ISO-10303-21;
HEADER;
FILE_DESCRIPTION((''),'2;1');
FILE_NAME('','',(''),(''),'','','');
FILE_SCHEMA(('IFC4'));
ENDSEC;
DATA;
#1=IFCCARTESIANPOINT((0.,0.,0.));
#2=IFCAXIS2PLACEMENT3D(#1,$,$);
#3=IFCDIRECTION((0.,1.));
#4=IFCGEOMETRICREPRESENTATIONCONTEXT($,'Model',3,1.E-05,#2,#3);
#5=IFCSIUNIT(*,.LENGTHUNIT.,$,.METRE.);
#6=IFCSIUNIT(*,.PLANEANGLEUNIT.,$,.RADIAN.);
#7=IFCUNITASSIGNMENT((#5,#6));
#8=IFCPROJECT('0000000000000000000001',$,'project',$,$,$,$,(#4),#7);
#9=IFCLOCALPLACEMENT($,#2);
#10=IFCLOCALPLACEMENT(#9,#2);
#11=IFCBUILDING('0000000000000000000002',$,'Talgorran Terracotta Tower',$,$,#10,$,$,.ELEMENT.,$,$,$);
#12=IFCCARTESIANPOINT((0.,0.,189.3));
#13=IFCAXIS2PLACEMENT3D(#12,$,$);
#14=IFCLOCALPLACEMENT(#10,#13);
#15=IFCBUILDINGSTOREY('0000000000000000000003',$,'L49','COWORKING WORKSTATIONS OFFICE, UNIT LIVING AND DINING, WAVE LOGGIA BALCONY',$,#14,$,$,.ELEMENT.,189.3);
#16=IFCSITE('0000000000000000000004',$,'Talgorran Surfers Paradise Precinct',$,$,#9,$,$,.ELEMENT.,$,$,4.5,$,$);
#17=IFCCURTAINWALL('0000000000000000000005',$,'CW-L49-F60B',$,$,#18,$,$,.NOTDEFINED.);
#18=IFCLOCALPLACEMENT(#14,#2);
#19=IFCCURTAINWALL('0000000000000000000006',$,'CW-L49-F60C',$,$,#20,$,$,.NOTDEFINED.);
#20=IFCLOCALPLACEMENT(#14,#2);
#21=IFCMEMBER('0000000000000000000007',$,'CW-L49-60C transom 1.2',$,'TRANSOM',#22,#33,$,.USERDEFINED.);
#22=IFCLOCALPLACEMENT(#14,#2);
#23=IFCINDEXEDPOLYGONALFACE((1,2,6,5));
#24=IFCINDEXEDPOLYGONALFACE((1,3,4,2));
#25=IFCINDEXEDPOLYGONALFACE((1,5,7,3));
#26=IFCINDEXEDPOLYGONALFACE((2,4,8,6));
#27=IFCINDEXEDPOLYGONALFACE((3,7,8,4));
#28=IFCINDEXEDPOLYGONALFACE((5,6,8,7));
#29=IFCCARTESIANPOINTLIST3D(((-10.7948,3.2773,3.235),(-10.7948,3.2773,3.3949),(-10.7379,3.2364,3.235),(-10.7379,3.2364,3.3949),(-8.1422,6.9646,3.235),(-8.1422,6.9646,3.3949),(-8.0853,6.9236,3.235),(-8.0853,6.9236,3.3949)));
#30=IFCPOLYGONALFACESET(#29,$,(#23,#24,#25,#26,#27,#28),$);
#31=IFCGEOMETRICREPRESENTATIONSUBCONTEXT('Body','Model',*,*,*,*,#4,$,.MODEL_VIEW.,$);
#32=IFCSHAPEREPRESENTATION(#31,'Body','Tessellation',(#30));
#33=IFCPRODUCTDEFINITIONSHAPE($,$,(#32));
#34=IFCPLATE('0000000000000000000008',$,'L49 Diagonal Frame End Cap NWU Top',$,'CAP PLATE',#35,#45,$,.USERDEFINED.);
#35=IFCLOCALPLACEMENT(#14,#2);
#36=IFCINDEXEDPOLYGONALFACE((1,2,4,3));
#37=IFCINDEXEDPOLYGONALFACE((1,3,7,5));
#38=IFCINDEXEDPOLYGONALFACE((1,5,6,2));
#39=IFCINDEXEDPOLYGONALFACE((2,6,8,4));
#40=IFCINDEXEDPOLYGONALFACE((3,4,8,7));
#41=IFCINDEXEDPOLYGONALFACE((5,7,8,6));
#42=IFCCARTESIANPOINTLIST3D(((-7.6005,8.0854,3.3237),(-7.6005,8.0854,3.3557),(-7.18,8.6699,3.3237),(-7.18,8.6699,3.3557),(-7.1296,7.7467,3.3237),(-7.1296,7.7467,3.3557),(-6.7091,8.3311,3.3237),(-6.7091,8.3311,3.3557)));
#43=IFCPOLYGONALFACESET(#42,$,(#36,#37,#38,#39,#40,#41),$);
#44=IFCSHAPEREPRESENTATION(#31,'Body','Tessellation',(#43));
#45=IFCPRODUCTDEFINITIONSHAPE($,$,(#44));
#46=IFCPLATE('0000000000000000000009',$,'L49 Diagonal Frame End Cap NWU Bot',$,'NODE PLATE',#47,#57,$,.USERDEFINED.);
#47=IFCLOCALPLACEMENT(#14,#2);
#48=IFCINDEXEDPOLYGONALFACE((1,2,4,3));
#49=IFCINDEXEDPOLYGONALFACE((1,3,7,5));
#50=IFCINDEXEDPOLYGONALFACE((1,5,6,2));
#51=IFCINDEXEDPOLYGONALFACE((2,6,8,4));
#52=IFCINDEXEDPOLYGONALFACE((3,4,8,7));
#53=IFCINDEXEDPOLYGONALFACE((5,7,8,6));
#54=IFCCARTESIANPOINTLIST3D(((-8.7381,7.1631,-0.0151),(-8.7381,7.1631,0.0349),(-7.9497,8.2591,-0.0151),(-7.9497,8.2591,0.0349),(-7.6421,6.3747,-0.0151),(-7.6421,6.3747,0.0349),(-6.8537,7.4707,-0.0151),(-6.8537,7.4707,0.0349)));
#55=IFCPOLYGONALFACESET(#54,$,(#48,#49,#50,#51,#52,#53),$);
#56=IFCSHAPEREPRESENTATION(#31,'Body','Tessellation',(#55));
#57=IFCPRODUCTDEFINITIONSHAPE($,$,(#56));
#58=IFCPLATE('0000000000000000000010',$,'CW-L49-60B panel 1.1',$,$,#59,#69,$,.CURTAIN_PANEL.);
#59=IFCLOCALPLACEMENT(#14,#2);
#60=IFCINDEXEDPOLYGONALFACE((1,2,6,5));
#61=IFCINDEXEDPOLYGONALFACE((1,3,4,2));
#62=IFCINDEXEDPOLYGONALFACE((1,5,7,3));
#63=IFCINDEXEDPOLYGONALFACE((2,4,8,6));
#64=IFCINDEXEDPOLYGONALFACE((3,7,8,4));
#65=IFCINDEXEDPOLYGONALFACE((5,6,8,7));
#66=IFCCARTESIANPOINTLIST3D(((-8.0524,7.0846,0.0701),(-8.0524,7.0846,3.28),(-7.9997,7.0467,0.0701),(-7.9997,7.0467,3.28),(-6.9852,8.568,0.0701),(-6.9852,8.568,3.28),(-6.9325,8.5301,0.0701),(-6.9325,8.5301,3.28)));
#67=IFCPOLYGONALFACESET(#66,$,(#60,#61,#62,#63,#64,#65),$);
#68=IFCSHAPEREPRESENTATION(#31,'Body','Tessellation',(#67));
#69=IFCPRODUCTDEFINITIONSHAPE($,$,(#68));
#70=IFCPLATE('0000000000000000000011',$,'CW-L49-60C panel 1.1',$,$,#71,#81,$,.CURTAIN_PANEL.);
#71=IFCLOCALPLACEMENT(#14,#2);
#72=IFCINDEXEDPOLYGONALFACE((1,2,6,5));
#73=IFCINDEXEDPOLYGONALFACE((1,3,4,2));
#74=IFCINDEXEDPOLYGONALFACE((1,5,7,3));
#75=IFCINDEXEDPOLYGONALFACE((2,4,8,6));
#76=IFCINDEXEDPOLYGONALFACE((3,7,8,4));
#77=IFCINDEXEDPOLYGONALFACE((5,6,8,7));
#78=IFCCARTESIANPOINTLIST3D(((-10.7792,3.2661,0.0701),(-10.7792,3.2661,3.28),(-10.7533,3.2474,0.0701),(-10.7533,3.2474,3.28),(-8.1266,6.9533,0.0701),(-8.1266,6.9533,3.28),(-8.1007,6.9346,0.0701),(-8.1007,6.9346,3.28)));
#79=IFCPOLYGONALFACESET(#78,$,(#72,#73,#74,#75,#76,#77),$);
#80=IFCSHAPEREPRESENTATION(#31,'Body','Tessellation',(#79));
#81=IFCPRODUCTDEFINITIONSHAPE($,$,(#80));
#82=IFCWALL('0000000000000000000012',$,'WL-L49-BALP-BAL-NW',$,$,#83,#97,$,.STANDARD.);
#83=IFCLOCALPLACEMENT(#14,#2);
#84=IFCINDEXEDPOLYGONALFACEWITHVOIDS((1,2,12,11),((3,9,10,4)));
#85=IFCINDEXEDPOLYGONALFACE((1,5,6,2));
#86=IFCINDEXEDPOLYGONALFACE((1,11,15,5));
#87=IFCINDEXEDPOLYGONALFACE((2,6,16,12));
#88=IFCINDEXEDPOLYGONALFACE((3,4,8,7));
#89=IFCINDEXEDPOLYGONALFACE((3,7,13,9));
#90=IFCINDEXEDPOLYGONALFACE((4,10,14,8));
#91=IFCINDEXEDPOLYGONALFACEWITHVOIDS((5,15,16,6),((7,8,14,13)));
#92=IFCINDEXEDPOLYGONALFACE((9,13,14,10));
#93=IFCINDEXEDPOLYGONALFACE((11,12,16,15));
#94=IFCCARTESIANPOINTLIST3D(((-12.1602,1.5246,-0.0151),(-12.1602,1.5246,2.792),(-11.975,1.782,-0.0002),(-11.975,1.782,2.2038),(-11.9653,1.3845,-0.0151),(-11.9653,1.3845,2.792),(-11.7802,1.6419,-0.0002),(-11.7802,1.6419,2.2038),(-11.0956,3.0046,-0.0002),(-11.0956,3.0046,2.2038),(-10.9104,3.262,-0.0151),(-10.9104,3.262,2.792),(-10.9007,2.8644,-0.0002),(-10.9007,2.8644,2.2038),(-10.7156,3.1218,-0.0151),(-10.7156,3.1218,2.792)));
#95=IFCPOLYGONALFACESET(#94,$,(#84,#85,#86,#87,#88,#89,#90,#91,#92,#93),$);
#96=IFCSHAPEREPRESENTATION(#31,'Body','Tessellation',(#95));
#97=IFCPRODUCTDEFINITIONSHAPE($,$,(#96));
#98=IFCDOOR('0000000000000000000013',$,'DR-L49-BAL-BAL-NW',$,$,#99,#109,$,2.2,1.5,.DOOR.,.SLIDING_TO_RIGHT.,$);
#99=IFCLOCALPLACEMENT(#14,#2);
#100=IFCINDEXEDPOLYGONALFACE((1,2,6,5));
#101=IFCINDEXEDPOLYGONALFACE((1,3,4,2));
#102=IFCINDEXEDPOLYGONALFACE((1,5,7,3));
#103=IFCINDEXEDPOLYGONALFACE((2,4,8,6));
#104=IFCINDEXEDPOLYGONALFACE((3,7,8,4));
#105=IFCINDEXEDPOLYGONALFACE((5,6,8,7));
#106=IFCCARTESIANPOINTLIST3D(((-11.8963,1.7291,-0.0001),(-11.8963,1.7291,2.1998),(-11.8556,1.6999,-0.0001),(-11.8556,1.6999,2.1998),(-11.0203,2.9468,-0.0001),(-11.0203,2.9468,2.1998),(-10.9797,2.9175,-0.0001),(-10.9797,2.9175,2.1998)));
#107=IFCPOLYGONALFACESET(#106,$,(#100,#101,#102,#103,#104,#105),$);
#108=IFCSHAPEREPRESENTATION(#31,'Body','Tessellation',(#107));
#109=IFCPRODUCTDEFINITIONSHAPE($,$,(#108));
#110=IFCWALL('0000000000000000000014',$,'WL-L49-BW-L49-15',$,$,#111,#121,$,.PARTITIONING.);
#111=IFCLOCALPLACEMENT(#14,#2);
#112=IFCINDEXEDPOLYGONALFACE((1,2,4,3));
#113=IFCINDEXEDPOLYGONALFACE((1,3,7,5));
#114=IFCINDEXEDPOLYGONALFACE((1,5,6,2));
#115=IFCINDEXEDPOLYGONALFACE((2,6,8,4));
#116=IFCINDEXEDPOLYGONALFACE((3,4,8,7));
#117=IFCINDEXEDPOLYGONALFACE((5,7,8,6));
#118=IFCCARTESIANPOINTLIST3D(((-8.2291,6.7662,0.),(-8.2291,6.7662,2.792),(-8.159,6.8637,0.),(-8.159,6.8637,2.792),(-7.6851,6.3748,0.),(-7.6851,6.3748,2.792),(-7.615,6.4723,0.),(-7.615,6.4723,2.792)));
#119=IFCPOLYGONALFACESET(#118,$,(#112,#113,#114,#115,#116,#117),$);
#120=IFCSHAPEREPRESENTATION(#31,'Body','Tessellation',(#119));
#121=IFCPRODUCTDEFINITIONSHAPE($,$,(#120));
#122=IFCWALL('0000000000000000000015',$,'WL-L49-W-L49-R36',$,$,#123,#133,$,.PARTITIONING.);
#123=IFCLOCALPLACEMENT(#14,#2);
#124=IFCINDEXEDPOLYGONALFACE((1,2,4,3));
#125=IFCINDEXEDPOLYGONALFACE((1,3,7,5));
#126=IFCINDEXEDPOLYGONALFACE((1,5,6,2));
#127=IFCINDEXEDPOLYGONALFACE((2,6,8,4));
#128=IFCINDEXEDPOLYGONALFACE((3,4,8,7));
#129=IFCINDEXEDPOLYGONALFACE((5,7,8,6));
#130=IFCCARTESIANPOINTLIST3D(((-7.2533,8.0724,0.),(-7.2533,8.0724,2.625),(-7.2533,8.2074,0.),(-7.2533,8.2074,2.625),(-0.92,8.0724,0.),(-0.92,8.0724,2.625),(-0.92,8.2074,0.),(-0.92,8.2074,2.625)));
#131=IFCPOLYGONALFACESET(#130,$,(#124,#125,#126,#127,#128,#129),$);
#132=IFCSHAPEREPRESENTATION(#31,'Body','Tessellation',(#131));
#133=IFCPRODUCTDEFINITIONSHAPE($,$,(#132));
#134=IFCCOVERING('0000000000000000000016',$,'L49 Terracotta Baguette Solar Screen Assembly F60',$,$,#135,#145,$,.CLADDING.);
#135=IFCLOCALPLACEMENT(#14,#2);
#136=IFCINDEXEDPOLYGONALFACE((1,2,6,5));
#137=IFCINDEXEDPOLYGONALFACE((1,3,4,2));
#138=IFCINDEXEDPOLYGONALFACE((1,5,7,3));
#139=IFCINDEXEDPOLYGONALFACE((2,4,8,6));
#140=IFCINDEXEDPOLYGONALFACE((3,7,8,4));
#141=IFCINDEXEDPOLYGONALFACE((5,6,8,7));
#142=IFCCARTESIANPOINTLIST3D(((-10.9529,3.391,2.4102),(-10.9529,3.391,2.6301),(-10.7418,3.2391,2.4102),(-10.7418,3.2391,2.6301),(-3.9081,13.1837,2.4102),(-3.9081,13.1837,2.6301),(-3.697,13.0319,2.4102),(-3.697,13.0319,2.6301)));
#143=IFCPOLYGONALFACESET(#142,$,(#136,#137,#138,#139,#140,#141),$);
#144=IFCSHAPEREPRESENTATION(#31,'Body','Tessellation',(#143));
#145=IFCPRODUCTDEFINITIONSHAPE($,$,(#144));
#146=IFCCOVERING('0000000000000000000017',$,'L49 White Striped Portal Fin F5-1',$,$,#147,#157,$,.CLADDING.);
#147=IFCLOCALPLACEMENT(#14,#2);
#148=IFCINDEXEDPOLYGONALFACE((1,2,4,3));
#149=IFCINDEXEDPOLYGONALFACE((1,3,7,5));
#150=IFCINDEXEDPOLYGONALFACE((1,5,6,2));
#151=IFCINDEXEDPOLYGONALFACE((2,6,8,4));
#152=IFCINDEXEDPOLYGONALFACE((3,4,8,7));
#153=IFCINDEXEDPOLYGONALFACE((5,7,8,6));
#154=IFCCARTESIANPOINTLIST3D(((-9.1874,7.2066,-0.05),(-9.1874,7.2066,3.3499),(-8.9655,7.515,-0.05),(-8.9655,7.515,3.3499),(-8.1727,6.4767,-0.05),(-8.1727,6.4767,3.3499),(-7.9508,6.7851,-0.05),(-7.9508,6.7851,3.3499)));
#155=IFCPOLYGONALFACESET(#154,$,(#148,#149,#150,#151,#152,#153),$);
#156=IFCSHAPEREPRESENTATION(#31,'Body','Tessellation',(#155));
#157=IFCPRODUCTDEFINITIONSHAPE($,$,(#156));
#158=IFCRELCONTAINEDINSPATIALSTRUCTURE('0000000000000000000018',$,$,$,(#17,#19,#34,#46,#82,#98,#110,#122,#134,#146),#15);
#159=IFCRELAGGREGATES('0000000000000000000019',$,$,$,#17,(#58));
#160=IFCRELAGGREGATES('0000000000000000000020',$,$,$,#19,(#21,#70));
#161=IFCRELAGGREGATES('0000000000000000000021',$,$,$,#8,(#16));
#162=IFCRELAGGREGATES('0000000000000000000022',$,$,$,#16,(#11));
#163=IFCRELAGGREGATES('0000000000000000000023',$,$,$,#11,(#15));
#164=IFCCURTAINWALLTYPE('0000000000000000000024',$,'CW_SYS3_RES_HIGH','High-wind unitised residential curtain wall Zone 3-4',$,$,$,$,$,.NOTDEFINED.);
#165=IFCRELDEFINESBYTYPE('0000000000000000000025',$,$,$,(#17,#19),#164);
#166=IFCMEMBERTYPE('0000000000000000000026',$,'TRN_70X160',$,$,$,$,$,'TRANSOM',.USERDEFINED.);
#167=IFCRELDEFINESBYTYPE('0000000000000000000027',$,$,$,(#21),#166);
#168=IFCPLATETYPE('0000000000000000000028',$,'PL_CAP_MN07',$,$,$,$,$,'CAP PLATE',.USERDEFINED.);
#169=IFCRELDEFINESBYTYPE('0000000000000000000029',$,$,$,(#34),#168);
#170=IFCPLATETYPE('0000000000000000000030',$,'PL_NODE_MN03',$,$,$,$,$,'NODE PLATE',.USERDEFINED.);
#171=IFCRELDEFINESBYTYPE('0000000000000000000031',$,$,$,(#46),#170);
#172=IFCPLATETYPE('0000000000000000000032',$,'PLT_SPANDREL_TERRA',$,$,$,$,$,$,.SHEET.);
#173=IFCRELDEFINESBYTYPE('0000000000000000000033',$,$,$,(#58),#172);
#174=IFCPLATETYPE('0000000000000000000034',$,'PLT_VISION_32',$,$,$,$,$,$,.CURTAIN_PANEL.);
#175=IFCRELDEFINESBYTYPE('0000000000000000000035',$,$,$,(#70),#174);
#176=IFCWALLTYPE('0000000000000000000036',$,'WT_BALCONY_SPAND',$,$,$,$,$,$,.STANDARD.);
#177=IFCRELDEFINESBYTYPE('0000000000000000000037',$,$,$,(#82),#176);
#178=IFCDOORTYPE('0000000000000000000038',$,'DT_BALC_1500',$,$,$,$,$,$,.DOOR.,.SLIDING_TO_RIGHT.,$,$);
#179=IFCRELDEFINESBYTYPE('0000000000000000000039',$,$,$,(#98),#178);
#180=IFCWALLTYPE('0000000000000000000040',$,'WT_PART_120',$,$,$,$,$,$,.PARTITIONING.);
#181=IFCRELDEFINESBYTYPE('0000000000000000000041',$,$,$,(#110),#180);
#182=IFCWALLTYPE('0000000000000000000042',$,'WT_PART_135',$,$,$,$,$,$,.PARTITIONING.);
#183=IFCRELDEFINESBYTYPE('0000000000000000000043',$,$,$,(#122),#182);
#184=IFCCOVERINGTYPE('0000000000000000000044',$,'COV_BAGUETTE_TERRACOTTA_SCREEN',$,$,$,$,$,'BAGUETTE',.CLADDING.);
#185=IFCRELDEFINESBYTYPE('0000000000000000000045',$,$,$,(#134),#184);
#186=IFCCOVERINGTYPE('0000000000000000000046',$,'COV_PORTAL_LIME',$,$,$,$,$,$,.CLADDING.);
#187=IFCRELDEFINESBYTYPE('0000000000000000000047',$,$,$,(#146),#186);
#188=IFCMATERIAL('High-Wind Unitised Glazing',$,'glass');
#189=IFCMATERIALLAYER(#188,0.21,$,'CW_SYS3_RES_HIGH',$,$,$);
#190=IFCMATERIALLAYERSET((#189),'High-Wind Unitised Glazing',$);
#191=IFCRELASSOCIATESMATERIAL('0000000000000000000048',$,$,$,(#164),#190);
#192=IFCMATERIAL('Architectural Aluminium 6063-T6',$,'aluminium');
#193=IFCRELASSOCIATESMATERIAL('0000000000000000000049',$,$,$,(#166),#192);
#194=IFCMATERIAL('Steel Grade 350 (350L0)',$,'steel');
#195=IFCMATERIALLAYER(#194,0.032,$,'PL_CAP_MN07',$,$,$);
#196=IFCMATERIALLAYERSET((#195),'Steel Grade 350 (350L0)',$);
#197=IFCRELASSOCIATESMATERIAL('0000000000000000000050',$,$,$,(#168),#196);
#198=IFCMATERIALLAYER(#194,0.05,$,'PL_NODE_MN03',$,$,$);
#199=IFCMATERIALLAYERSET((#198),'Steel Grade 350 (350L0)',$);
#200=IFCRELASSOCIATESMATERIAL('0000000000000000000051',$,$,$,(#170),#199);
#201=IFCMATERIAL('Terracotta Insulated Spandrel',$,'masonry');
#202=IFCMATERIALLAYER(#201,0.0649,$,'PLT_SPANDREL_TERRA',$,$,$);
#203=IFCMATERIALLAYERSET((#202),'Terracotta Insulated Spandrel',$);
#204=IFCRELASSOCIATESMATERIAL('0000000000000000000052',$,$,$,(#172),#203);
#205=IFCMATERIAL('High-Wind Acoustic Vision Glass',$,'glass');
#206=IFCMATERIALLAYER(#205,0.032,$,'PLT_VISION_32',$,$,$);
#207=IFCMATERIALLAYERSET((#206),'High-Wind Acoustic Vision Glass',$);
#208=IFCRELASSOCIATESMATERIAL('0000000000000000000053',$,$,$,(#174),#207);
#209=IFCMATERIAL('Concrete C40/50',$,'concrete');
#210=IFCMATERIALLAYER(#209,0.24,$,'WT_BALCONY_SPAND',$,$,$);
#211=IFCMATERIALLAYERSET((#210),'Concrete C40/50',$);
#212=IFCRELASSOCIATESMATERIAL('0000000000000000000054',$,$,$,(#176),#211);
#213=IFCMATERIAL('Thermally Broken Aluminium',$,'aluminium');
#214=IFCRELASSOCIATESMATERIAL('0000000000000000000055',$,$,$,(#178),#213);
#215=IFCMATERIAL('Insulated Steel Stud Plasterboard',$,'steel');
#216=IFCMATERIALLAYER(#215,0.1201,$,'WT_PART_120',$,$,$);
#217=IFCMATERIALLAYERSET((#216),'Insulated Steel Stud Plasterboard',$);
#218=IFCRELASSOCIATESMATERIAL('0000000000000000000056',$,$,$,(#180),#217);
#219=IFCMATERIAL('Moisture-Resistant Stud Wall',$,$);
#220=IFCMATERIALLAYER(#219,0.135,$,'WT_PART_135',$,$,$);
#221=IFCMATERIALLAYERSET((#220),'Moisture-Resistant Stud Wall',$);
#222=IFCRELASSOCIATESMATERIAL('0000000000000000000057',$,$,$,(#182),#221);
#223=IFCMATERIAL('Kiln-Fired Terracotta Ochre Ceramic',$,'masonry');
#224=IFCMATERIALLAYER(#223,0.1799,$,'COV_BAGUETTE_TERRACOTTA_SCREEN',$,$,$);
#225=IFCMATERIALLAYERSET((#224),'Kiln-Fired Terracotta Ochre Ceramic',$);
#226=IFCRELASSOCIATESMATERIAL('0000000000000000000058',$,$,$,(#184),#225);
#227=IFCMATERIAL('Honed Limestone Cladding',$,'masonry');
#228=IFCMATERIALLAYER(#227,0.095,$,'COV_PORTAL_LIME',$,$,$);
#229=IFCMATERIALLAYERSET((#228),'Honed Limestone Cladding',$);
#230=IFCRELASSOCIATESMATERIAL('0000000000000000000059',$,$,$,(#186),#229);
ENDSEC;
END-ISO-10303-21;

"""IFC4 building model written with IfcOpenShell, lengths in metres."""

from ifc_helpers import new_model, si_unit, direction, frame, frame_2d, origin, origin_2d, place, context, subcontext, project, spatial, rectangle, extrude, source, transform, mapped, material, layer, layer_set, material_profile, profile_set, type_object, type_shapes, element, fill, aggregate, save


model = new_model("IFC4")

# Units and contexts
model_context = context("Model", 3, precision=1e-05, world=origin(), true_north=direction((0.0, 1.0)))
body_context = subcontext(model_context, "Body", "Model", "MODEL_VIEW")
ifc_project = project(units=[si_unit("LENGTHUNIT", "METRE"), si_unit("PLANEANGLEUNIT", "RADIAN")], contexts=[model_context])

# Site, building, storey
site_placement = place(None, origin())
site = spatial("IfcSite", under=ifc_project, at=site_placement, Name="Talgorran Surfers Paradise Precinct", CompositionType="ELEMENT", RefElevation=4.5)
building_placement = place(site_placement, origin())
building = spatial("IfcBuilding", under=site, at=building_placement, Name="Talgorran Terracotta Tower", CompositionType="ELEMENT")
storey_placement = place(building_placement, frame((0.0, 0.0, 189.3)))
storey = spatial("IfcBuildingStorey", under=building, at=storey_placement, Name="L49", Description="COWORKING WORKSTATIONS OFFICE, UNIT LIVING AND DINING, WAVE LOGGIA BALCONY", CompositionType="ELEMENT", Elevation=189.3)

# Shared definitions
ifc_material_1 = material(Name="Steel Grade 350 (350L0)", Category="steel")

# Curtain wall
ifc_material_2 = material(Name="High-Wind Unitised Glazing", Category="glass")
ifc_layer_1 = layer(ifc_material_2, 0.21, Name="CW_SYS3_RES_HIGH")
ifc_layer_set_1 = layer_set([ifc_layer_1], Name="High-Wind Unitised Glazing")
curtain_wall_type = type_object("IfcCurtainWallType", Name="CW_SYS3_RES_HIGH", Description="High-wind unitised residential curtain wall Zone 3-4", PredefinedType="NOTDEFINED", material=ifc_layer_set_1)
curtain_wall_1_placement = place(storey_placement, origin())
curtain_wall_1 = element("IfcCurtainWall", 1, at=curtain_wall_1_placement, inside=storey, type_object=curtain_wall_type, Name="CW-L49-F60B", PredefinedType="NOTDEFINED")
ifc_material_3 = material(Name="Architectural Aluminium 6063-T6", Category="aluminium")

# Curtain wall
curtain_wall_2_placement = place(storey_placement, origin())
curtain_wall_2 = element("IfcCurtainWall", 2, at=curtain_wall_2_placement, inside=storey, type_object=curtain_wall_type, Name="CW-L49-F60C", PredefinedType="NOTDEFINED")

# Member
ifc_material_profile_1 = material_profile(ifc_material_3, rectangle(XDim=0.0701, YDim=0.1599, at=origin_2d()), Name="CWT70X160")
ifc_profile_set_1 = profile_set([ifc_material_profile_1], Name="Architectural Aluminium 6063-T6")
member_type_1 = type_object("IfcMemberType", Name="TRN_70X160", ElementType="TRANSOM", PredefinedType="USERDEFINED", material=ifc_profile_set_1)
member_1_placement = place(storey_placement, frame((-8.1138, 6.9441, 3.3149), z_axis=(-0.58398, -0.811768, 0.0), x_axis=(0.811768, -0.58398, 0.0)))
member_1 = element("IfcMember", 3, at=member_1_placement, type_object=member_type_1, Name="CW-L49-60C transom 1.2", ObjectType="TRANSOM", PredefinedType="USERDEFINED", context=body_context, shape_type="SweptSolid", body=[
    extrude(rectangle(XDim=0.0701, YDim=0.1599, at=origin_2d()), origin(), (0.0, 0.0, 1.0), 4.5422),
])

# Plates
ifc_layer_2 = layer(ifc_material_1, 0.032, Name="PL_CAP_MN07")
ifc_layer_set_2 = layer_set([ifc_layer_2], Name="Steel Grade 350 (350L0)")
plate_type_1 = type_object("IfcPlateType", Name="PL_CAP_MN07", ElementType="CAP PLATE", PredefinedType="USERDEFINED", material=ifc_layer_set_2)
plate_1_placement = place(storey_placement, frame((-7.1548, 8.2083, 3.3237), z_axis=(0.0, 0.0, 1.0), x_axis=(0.583966, 0.811778, 0.0)))
element("IfcPlate", 4, at=plate_1_placement, inside=storey, type_object=plate_type_1, Name="L49 Diagonal Frame End Cap NWU Top", ObjectType="CAP PLATE", PredefinedType="USERDEFINED", context=body_context, shape_type="SweptSolid", body=[
    extrude(rectangle(XDim=0.72, YDim=0.5801, at=origin_2d()), origin(), (0.0, 0.0, 1.0), 0.032),
])
ifc_layer_3 = layer(ifc_material_1, 0.05, Name="PL_NODE_MN03")
ifc_layer_set_3 = layer_set([ifc_layer_3], Name="Steel Grade 350 (350L0)")
plate_type_2 = type_object("IfcPlateType", Name="PL_NODE_MN03", ElementType="NODE PLATE", PredefinedType="USERDEFINED", material=ifc_layer_set_3)
plate_2_placement = place(storey_placement, frame((-7.7959, 7.3169, -0.0151), z_axis=(0.0, 0.0, 1.0), x_axis=(0.583966, 0.811778, 0.0)))
element("IfcPlate", 5, at=plate_2_placement, inside=storey, type_object=plate_type_2, Name="L49 Diagonal Frame End Cap NWU Bot", ObjectType="NODE PLATE", PredefinedType="USERDEFINED", context=body_context, shape_type="SweptSolid", body=[
    extrude(rectangle(XDim=1.3501, YDim=1.3501, at=origin_2d()), origin(), (0.0, 0.0, 1.0), 0.05),
])

# Plates
ifc_material_4 = material(Name="Terracotta Insulated Spandrel", Category="masonry")
ifc_layer_4 = layer(ifc_material_4, 0.0649, Name="PLT_SPANDREL_TERRA")
ifc_layer_set_4 = layer_set([ifc_layer_4], Name="Terracotta Insulated Spandrel")
plate_type_3 = type_object("IfcPlateType", Name="PLT_SPANDREL_TERRA", PredefinedType="SHEET", material=ifc_layer_set_4)
shared_shape_1 = source(origin(), body_context, "Body", "SweptSolid", [
    extrude(rectangle(XDim=1.8274, YDim=0.0649, at=origin_2d()), origin(), (0.0, 0.0, 1.0), 3.21),
])
type_shapes(plate_type_3, [shared_shape_1])
plate_3_placement = place(storey_placement, frame((-7.4924, 7.8074, 0.0701), z_axis=(0.0, 0.0, 1.0), x_axis=(-0.58399, -0.811761, 0.0)))
plate_3 = element("IfcPlate", 6, at=plate_3_placement, type_object=plate_type_3, Name="CW-L49-60B panel 1.1", PredefinedType="CURTAIN_PANEL", context=body_context, shape_type="MappedRepresentation", body=[
    mapped(shared_shape_1, transform((0.0, 0.0, 0.0), scale=1.0)),
])
aggregate(curtain_wall_1, [plate_3])
ifc_material_5 = material(Name="High-Wind Acoustic Vision Glass", Category="glass")
ifc_layer_5 = layer(ifc_material_5, 0.032, Name="PLT_VISION_32")
ifc_layer_set_5 = layer_set([ifc_layer_5], Name="High-Wind Acoustic Vision Glass")
plate_type_4 = type_object("IfcPlateType", Name="PLT_VISION_32", PredefinedType="CURTAIN_PANEL", material=ifc_layer_set_5)
shared_shape_2 = source(origin(), body_context, "Body", "SweptSolid", [
    extrude(rectangle(XDim=4.5422, YDim=0.032, at=origin_2d()), origin(), (0.0, 0.0, 1.0), 3.21),
])
type_shapes(plate_type_4, [shared_shape_2])
plate_4_placement = place(storey_placement, frame((-9.4399, 5.1003, 0.0701), z_axis=(0.0, 0.0, 1.0), x_axis=(-0.583988, -0.811762, 0.0)))
plate_4 = element("IfcPlate", 7, at=plate_4_placement, type_object=plate_type_4, Name="CW-L49-60C panel 1.1", PredefinedType="CURTAIN_PANEL", context=body_context, shape_type="MappedRepresentation", body=[
    mapped(shared_shape_2, transform((0.0, 0.0, 0.0), scale=1.0)),
])
aggregate(curtain_wall_2, [member_1, plate_4])

# Wall, opening, door
ifc_material_6 = material(Name="Concrete C40/50", Category="concrete")
ifc_layer_6 = layer(ifc_material_6, 0.24, Name="WT_BALCONY_SPAND")
ifc_layer_set_6 = layer_set([ifc_layer_6], Name="Concrete C40/50")
wall_type_1 = type_object("IfcWallType", Name="WT_BALCONY_SPAND", PredefinedType="STANDARD", material=ifc_layer_set_6)
wall_1_placement = place(storey_placement, frame((-10.813, 3.1919, -0.0151), z_axis=(0.0, 0.0, 1.0), x_axis=(-0.583965, -0.811779, 0.0)))
wall_1 = element("IfcWall", 8, at=wall_1_placement, inside=storey, type_object=wall_type_1, Name="WL-L49-BALP-BAL-NW", PredefinedType="STANDARD", context=body_context, shape_type="SweptSolid", body=[
    extrude(rectangle(XDim=2.1401, YDim=0.24, at=frame_2d((1.0701, 0.0))), origin(), (0.0, 0.0, 1.0), 2.8071),
])
opening_placement = place(wall_1_placement, frame((0.3201, 0.0, 0.0149)))
opening = element("IfcOpeningElement", 9, at=opening_placement, cuts=wall_1, PredefinedType="OPENING", context=body_context, shape_type="SweptSolid", body=[
    extrude(rectangle(XDim=1.506, YDim=2.204, at=frame_2d((0.75, 1.1021))), frame((0.0, 0.1299, 0.0), z_axis=(0.0, -1.0, 0.0), x_axis=(1.0, 0.0, 0.0)), (0.0, 0.0, 1.0), 0.26),
])
ifc_material_7 = material(Name="Thermally Broken Aluminium", Category="aluminium")
door_type = type_object("IfcDoorType", Name="DT_BALC_1500", OperationType="SLIDING_TO_RIGHT", PredefinedType="DOOR", material=ifc_material_7)
door_placement = place(opening_placement, origin())
door = element("IfcDoor", 10, at=door_placement, inside=storey, type_object=door_type, Name="DR-L49-BAL-BAL-NW", OperationType="SLIDING_TO_RIGHT", OverallHeight=2.2, OverallWidth=1.5, PredefinedType="DOOR", context=body_context, shape_type="SweptSolid", body=[
    extrude(rectangle(XDim=1.5, YDim=2.2, at=frame_2d((0.75, 1.1001))), frame((0.0, 0.0249, 0.0), z_axis=(0.0, -1.0, 0.0), x_axis=(1.0, 0.0, 0.0)), (0.0, 0.0, 1.0), 0.05),
])
fill(opening, door)

# Walls
ifc_material_8 = material(Name="Insulated Steel Stud Plasterboard", Category="steel")
ifc_layer_7 = layer(ifc_material_8, 0.1201, Name="WT_PART_120")
ifc_layer_set_7 = layer_set([ifc_layer_7], Name="Insulated Steel Stud Plasterboard")
wall_type_2 = type_object("IfcWallType", Name="WT_PART_120", PredefinedType="PARTITIONING", material=ifc_layer_set_7)
wall_2_placement = place(storey_placement, frame((-7.6501, 6.4236, 0.0), z_axis=(0.0, 0.0, 1.0), x_axis=(-0.811735, 0.584026, 0.0)))
element("IfcWall", 11, at=wall_2_placement, inside=storey, type_object=wall_type_2, Name="WL-L49-BW-L49-15", PredefinedType="PARTITIONING", context=body_context, shape_type="SweptSolid", body=[
    extrude(rectangle(XDim=0.6702, YDim=0.1201, at=frame_2d((0.335, 0.0))), origin(), (0.0, 0.0, 1.0), 2.792),
])
ifc_material_9 = material(Name="Moisture-Resistant Stud Wall")
ifc_layer_8 = layer(ifc_material_9, 0.135, Name="WT_PART_135")
ifc_layer_set_8 = layer_set([ifc_layer_8], Name="Moisture-Resistant Stud Wall")
wall_type_3 = type_object("IfcWallType", Name="WT_PART_135", PredefinedType="PARTITIONING", material=ifc_layer_set_8)
wall_3_placement = place(storey_placement, frame((-7.2532, 8.1399, 0.0), z_axis=(0.0, 0.0, 1.0), x_axis=(1.0, 0.0, 0.0)))
element("IfcWall", 12, at=wall_3_placement, inside=storey, type_object=wall_type_3, Name="WL-L49-W-L49-R36", PredefinedType="PARTITIONING", context=body_context, shape_type="SweptSolid", body=[
    extrude(rectangle(XDim=6.3333, YDim=0.135, at=frame_2d((3.1665, 0.0))), origin(), (0.0, 0.0, 1.0), 2.625),
])

# Coverings
ifc_material_10 = material(Name="Kiln-Fired Terracotta Ochre Ceramic", Category="masonry")
ifc_layer_9 = layer(ifc_material_10, 0.1799, Name="COV_BAGUETTE_TERRACOTTA_SCREEN")
ifc_layer_set_9 = layer_set([ifc_layer_9], Name="Kiln-Fired Terracotta Ochre Ceramic")
covering_type_1 = type_object("IfcCoveringType", Name="COV_BAGUETTE_TERRACOTTA_SCREEN", ElementType="BAGUETTE", PredefinedType="CLADDING", material=ifc_layer_set_9)
covering_1_placement = place(storey_placement, frame((-7.325, 8.2114, 2.4102), z_axis=(0.0, 0.0, 1.0), x_axis=(-0.583981, -0.811768, 0.0)))
element("IfcCovering", 13, at=covering_1_placement, inside=storey, type_object=covering_type_1, Name="L49 Terracotta Baguette Solar Screen Assembly F60", PredefinedType="CLADDING", context=body_context, shape_type="SweptSolid", body=[
    extrude(rectangle(XDim=12.0635, YDim=0.26, at=origin_2d()), origin(), (0.0, 0.0, 1.0), 0.22),
])
ifc_material_11 = material(Name="Honed Limestone Cladding", Category="masonry")
ifc_layer_10 = layer(ifc_material_11, 0.095, Name="COV_PORTAL_LIME")
ifc_layer_set_10 = layer_set([ifc_layer_10], Name="Honed Limestone Cladding")
covering_type_2 = type_object("IfcCoveringType", Name="COV_PORTAL_LIME", PredefinedType="CLADDING", material=ifc_layer_set_10)
covering_2_placement = place(storey_placement, frame((-8.5691, 6.9958, -0.05), z_axis=(0.0, 0.0, 1.0), x_axis=(-0.583981, -0.811768, 0.0)))
element("IfcCovering", 14, at=covering_2_placement, inside=storey, type_object=covering_type_2, Name="L49 White Striped Portal Fin F5-1", PredefinedType="CLADDING", context=body_context, shape_type="SweptSolid", body=[
    extrude(rectangle(XDim=0.3799, YDim=1.25, at=origin_2d()), origin(), (0.0, 0.0, 1.0), 3.3999),
])

save(model, "model.ifc")
